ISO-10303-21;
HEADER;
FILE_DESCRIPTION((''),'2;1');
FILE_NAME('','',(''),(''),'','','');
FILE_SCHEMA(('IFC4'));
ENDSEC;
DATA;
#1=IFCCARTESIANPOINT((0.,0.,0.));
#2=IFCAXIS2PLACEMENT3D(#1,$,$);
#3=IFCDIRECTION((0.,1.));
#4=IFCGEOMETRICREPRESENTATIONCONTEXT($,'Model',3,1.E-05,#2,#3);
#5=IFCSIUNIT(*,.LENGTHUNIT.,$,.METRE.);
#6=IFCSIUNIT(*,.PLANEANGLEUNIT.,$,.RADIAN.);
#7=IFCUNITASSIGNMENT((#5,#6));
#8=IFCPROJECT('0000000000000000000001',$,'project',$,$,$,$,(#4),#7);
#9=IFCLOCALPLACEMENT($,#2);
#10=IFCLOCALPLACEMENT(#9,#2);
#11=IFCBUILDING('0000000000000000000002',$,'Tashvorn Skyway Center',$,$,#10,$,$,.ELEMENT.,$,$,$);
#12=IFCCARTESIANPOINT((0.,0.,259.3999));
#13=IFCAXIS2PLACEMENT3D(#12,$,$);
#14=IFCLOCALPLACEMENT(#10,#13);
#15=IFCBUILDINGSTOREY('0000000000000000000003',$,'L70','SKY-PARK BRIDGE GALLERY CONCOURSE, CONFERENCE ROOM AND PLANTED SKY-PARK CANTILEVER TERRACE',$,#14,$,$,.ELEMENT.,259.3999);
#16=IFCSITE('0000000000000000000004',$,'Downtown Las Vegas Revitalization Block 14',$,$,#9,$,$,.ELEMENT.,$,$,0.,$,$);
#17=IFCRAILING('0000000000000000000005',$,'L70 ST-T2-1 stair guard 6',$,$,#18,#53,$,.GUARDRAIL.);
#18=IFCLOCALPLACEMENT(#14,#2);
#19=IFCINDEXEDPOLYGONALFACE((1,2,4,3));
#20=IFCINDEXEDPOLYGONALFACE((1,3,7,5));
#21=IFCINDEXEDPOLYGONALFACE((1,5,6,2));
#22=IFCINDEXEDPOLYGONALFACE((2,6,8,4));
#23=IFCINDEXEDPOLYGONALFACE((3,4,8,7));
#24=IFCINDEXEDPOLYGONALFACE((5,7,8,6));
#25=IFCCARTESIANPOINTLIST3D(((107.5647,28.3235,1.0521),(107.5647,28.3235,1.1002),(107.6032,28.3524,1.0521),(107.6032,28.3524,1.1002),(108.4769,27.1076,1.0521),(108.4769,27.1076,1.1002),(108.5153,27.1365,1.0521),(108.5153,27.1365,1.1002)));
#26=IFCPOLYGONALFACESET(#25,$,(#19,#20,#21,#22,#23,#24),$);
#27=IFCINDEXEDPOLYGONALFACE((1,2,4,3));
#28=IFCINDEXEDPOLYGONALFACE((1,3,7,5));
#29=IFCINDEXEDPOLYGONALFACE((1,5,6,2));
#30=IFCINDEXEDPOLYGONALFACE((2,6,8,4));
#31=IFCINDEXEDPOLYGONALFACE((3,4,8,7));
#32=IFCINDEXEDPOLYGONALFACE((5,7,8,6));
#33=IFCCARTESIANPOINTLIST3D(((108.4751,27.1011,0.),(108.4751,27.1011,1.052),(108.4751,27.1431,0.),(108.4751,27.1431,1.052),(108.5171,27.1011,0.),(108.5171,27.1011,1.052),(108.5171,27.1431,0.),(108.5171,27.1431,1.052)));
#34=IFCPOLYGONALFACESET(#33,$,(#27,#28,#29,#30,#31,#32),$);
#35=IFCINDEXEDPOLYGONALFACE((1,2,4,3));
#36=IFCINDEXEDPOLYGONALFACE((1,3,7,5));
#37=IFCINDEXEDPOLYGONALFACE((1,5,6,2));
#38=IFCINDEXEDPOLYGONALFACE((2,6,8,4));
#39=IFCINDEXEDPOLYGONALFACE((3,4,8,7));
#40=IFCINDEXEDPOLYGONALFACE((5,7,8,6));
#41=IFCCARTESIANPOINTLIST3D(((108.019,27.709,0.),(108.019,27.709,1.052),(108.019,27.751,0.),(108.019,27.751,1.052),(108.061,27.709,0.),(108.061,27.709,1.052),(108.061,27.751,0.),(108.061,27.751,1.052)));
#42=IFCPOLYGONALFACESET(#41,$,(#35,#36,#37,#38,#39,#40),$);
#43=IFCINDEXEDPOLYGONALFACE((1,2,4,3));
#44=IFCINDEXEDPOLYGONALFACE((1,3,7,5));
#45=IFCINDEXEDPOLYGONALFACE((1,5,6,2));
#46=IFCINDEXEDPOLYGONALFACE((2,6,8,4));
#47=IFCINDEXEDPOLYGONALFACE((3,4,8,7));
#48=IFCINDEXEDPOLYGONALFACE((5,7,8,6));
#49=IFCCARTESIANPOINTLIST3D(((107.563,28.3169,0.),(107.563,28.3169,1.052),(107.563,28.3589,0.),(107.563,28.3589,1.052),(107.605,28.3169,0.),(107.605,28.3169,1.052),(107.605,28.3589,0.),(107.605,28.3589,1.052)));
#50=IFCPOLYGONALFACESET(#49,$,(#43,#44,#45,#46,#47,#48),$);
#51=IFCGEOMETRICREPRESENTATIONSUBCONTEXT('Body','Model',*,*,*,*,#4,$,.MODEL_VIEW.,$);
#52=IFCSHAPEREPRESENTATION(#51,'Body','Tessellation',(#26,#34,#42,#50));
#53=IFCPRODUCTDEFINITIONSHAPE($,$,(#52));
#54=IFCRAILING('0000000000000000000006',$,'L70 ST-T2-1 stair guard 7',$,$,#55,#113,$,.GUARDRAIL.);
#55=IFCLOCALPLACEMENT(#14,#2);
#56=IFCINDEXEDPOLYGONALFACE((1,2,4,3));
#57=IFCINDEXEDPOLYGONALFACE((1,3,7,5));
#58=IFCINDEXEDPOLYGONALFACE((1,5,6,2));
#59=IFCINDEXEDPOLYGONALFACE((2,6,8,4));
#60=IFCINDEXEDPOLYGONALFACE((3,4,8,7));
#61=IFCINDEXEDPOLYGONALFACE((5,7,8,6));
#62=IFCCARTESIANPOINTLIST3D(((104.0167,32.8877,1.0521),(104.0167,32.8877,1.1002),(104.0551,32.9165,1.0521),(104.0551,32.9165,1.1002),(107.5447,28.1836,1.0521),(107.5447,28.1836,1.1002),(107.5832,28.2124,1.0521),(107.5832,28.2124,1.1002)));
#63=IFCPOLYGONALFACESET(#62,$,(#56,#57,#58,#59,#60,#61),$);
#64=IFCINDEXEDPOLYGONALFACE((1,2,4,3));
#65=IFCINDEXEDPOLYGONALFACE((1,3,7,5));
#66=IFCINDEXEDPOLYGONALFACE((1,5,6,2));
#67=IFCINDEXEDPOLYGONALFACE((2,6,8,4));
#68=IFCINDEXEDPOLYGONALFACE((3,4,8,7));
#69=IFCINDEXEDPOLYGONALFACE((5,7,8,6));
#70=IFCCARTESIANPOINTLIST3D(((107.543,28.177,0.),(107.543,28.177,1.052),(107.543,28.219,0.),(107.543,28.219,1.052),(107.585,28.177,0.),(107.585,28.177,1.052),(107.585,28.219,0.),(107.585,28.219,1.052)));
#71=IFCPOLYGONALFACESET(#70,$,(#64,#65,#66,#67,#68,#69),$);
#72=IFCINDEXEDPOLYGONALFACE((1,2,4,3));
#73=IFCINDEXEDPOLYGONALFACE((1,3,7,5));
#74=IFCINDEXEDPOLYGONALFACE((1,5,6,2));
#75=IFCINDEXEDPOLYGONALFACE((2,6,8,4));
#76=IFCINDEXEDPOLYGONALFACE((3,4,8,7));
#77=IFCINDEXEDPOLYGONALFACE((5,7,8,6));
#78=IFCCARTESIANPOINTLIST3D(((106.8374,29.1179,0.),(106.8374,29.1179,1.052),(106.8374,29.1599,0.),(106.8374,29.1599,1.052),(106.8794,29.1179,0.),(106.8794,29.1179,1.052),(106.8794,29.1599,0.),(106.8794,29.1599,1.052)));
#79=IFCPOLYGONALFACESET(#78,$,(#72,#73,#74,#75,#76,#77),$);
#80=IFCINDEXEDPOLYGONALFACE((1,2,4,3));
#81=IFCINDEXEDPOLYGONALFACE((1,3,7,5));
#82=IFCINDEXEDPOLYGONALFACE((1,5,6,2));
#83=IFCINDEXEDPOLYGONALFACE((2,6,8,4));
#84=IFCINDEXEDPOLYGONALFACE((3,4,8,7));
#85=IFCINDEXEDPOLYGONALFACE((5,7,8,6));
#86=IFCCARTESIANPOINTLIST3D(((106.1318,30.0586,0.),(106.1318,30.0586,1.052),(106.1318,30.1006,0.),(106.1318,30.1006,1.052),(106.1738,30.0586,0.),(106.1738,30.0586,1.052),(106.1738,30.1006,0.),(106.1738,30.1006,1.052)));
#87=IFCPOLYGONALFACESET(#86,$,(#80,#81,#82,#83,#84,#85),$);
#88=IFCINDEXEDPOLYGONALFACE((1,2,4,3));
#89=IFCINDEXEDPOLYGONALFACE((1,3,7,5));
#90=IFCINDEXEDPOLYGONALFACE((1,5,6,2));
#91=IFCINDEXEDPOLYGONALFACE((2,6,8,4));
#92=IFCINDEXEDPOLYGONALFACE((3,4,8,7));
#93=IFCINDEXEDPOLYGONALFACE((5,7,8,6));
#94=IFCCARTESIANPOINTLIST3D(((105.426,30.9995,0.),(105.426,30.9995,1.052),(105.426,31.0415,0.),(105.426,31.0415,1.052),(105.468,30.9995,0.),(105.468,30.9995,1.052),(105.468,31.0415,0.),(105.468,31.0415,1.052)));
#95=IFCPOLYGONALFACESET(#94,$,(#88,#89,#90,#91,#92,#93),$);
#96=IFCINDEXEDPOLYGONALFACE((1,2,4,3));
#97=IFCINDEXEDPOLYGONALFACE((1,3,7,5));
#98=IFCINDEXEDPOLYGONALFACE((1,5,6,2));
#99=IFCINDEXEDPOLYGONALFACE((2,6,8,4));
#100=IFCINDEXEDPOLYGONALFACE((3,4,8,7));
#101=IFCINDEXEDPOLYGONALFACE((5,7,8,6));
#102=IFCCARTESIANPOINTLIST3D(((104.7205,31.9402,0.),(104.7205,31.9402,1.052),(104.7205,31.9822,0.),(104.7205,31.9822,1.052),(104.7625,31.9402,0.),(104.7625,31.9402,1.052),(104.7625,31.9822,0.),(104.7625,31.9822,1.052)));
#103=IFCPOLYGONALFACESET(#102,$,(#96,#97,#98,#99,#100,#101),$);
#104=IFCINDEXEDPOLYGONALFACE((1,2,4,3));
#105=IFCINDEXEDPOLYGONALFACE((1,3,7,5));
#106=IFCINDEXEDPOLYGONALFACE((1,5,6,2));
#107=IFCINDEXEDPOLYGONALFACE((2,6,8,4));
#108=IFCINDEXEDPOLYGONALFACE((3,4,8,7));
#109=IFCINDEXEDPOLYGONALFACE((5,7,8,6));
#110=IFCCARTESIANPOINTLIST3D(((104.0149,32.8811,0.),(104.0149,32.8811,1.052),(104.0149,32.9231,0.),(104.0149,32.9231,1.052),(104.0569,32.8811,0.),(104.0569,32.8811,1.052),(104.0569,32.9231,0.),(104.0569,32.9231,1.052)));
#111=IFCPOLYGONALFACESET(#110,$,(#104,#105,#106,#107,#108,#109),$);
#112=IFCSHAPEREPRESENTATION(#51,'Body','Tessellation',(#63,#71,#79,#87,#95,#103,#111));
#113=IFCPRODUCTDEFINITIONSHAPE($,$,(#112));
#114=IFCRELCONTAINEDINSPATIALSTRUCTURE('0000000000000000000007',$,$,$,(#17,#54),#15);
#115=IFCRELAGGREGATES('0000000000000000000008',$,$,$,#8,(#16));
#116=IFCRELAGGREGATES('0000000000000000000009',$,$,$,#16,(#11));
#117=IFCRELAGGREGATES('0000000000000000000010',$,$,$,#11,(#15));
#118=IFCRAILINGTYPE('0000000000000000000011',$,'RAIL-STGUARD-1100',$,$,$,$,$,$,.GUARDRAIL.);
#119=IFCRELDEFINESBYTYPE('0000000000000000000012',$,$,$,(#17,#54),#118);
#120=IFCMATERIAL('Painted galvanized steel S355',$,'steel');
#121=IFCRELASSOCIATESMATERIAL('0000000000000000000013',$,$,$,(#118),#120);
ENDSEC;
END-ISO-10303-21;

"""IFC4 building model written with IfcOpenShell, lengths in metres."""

from ifc_helpers import new_model, si_unit, direction, frame, origin, origin_2d, place, context, subcontext, project, spatial, rectangle, extrude, material, type_object, element, save


model = new_model("IFC4")

# Units and contexts
model_context = context("Model", 3, precision=1e-05, world=origin(), true_north=direction((0.0, 1.0)))
body_context = subcontext(model_context, "Body", "Model", "MODEL_VIEW")
ifc_project = project(units=[si_unit("LENGTHUNIT", "METRE"), si_unit("PLANEANGLEUNIT", "RADIAN")], contexts=[model_context])

# Site, building, storey
site_placement = place(None, origin())
site = spatial("IfcSite", under=ifc_project, at=site_placement, Name="Downtown Las Vegas Revitalization Block 14", CompositionType="ELEMENT", RefElevation=0.0)
building_placement = place(site_placement, origin())
building = spatial("IfcBuilding", under=site, at=building_placement, Name="Tashvorn Skyway Center", CompositionType="ELEMENT")
storey_placement = place(building_placement, frame((0.0, 0.0, 259.3999)))
storey = spatial("IfcBuildingStorey", under=building, at=storey_placement, Name="L70", Description="SKY-PARK BRIDGE GALLERY CONCOURSE, CONFERENCE ROOM AND PLANTED SKY-PARK CANTILEVER TERRACE", CompositionType="ELEMENT", Elevation=259.3999)

# Railings
ifc_material_1 = material(Name="Painted galvanized steel S355", Category="steel")
railing_type_1 = type_object("IfcRailingType", Name="RAIL-STGUARD-1100", PredefinedType="GUARDRAIL", material=ifc_material_1)
railing_1_placement = place(storey_placement, frame((108.4961, 27.1221, 0.0)))
element("IfcRailing", 1, at=railing_1_placement, inside=storey, type_object=railing_type_1, Name="L70 ST-T2-1 stair guard 6", PredefinedType="GUARDRAIL", context=body_context, shape_type="SweptSolid", body=[
    extrude(rectangle(XDim=0.0481, YDim=0.0481, at=origin_2d()), frame((0.0, 0.0, 1.0762), z_axis=(-0.600103, 0.799923, 0.0), x_axis=(-0.799923, -0.600103, 0.0)), (0.0, 0.0, 1.0), 1.52),
    extrude(rectangle(XDim=0.042, YDim=0.042, at=origin_2d()), origin(), (0.0, 0.0, 1.0), 1.052),
    extrude(rectangle(XDim=0.042, YDim=0.042, at=origin_2d()), frame((-0.4561, 0.6079, 0.0)), (0.0, 0.0, 1.0), 1.052),
    extrude(rectangle(XDim=0.042, YDim=0.042, at=origin_2d()), frame((-0.9121, 1.2158, 0.0)), (0.0, 0.0, 1.0), 1.052),
])
railing_2_placement = place(storey_placement, frame((107.564, 28.198, 0.0)))
element("IfcRailing", 2, at=railing_2_placement, inside=storey, type_object=railing_type_1, Name="L70 ST-T2-1 stair guard 7", PredefinedType="GUARDRAIL", context=body_context, shape_type="SweptSolid", body=[
    extrude(rectangle(XDim=0.0481, YDim=0.0481, at=origin_2d()), frame((0.0, 0.0, 1.0762), z_axis=(-0.6, 0.8, 0.0), x_axis=(-0.8, -0.6, 0.0)), (0.0, 0.0, 1.0), 5.8801),
    extrude(rectangle(XDim=0.042, YDim=0.042, at=origin_2d()), origin(), (0.0, 0.0, 1.0), 1.052),
    extrude(rectangle(XDim=0.042, YDim=0.042, at=origin_2d()), frame((-0.7056, 0.9409, 0.0)), (0.0, 0.0, 1.0), 1.052),
    extrude(rectangle(XDim=0.042, YDim=0.042, at=origin_2d()), frame((-1.4111, 1.8816, 0.0)), (0.0, 0.0, 1.0), 1.052),
    extrude(rectangle(XDim=0.042, YDim=0.042, at=origin_2d()), frame((-2.1169, 2.8225, 0.0)), (0.0, 0.0, 1.0), 1.052),
    extrude(rectangle(XDim=0.042, YDim=0.042, at=origin_2d()), frame((-2.8225, 3.7632, 0.0)), (0.0, 0.0, 1.0), 1.052),
    extrude(rectangle(XDim=0.042, YDim=0.042, at=origin_2d()), frame((-3.5281, 4.7041, 0.0)), (0.0, 0.0, 1.0), 1.052),
])

save(model, "model.ifc")
